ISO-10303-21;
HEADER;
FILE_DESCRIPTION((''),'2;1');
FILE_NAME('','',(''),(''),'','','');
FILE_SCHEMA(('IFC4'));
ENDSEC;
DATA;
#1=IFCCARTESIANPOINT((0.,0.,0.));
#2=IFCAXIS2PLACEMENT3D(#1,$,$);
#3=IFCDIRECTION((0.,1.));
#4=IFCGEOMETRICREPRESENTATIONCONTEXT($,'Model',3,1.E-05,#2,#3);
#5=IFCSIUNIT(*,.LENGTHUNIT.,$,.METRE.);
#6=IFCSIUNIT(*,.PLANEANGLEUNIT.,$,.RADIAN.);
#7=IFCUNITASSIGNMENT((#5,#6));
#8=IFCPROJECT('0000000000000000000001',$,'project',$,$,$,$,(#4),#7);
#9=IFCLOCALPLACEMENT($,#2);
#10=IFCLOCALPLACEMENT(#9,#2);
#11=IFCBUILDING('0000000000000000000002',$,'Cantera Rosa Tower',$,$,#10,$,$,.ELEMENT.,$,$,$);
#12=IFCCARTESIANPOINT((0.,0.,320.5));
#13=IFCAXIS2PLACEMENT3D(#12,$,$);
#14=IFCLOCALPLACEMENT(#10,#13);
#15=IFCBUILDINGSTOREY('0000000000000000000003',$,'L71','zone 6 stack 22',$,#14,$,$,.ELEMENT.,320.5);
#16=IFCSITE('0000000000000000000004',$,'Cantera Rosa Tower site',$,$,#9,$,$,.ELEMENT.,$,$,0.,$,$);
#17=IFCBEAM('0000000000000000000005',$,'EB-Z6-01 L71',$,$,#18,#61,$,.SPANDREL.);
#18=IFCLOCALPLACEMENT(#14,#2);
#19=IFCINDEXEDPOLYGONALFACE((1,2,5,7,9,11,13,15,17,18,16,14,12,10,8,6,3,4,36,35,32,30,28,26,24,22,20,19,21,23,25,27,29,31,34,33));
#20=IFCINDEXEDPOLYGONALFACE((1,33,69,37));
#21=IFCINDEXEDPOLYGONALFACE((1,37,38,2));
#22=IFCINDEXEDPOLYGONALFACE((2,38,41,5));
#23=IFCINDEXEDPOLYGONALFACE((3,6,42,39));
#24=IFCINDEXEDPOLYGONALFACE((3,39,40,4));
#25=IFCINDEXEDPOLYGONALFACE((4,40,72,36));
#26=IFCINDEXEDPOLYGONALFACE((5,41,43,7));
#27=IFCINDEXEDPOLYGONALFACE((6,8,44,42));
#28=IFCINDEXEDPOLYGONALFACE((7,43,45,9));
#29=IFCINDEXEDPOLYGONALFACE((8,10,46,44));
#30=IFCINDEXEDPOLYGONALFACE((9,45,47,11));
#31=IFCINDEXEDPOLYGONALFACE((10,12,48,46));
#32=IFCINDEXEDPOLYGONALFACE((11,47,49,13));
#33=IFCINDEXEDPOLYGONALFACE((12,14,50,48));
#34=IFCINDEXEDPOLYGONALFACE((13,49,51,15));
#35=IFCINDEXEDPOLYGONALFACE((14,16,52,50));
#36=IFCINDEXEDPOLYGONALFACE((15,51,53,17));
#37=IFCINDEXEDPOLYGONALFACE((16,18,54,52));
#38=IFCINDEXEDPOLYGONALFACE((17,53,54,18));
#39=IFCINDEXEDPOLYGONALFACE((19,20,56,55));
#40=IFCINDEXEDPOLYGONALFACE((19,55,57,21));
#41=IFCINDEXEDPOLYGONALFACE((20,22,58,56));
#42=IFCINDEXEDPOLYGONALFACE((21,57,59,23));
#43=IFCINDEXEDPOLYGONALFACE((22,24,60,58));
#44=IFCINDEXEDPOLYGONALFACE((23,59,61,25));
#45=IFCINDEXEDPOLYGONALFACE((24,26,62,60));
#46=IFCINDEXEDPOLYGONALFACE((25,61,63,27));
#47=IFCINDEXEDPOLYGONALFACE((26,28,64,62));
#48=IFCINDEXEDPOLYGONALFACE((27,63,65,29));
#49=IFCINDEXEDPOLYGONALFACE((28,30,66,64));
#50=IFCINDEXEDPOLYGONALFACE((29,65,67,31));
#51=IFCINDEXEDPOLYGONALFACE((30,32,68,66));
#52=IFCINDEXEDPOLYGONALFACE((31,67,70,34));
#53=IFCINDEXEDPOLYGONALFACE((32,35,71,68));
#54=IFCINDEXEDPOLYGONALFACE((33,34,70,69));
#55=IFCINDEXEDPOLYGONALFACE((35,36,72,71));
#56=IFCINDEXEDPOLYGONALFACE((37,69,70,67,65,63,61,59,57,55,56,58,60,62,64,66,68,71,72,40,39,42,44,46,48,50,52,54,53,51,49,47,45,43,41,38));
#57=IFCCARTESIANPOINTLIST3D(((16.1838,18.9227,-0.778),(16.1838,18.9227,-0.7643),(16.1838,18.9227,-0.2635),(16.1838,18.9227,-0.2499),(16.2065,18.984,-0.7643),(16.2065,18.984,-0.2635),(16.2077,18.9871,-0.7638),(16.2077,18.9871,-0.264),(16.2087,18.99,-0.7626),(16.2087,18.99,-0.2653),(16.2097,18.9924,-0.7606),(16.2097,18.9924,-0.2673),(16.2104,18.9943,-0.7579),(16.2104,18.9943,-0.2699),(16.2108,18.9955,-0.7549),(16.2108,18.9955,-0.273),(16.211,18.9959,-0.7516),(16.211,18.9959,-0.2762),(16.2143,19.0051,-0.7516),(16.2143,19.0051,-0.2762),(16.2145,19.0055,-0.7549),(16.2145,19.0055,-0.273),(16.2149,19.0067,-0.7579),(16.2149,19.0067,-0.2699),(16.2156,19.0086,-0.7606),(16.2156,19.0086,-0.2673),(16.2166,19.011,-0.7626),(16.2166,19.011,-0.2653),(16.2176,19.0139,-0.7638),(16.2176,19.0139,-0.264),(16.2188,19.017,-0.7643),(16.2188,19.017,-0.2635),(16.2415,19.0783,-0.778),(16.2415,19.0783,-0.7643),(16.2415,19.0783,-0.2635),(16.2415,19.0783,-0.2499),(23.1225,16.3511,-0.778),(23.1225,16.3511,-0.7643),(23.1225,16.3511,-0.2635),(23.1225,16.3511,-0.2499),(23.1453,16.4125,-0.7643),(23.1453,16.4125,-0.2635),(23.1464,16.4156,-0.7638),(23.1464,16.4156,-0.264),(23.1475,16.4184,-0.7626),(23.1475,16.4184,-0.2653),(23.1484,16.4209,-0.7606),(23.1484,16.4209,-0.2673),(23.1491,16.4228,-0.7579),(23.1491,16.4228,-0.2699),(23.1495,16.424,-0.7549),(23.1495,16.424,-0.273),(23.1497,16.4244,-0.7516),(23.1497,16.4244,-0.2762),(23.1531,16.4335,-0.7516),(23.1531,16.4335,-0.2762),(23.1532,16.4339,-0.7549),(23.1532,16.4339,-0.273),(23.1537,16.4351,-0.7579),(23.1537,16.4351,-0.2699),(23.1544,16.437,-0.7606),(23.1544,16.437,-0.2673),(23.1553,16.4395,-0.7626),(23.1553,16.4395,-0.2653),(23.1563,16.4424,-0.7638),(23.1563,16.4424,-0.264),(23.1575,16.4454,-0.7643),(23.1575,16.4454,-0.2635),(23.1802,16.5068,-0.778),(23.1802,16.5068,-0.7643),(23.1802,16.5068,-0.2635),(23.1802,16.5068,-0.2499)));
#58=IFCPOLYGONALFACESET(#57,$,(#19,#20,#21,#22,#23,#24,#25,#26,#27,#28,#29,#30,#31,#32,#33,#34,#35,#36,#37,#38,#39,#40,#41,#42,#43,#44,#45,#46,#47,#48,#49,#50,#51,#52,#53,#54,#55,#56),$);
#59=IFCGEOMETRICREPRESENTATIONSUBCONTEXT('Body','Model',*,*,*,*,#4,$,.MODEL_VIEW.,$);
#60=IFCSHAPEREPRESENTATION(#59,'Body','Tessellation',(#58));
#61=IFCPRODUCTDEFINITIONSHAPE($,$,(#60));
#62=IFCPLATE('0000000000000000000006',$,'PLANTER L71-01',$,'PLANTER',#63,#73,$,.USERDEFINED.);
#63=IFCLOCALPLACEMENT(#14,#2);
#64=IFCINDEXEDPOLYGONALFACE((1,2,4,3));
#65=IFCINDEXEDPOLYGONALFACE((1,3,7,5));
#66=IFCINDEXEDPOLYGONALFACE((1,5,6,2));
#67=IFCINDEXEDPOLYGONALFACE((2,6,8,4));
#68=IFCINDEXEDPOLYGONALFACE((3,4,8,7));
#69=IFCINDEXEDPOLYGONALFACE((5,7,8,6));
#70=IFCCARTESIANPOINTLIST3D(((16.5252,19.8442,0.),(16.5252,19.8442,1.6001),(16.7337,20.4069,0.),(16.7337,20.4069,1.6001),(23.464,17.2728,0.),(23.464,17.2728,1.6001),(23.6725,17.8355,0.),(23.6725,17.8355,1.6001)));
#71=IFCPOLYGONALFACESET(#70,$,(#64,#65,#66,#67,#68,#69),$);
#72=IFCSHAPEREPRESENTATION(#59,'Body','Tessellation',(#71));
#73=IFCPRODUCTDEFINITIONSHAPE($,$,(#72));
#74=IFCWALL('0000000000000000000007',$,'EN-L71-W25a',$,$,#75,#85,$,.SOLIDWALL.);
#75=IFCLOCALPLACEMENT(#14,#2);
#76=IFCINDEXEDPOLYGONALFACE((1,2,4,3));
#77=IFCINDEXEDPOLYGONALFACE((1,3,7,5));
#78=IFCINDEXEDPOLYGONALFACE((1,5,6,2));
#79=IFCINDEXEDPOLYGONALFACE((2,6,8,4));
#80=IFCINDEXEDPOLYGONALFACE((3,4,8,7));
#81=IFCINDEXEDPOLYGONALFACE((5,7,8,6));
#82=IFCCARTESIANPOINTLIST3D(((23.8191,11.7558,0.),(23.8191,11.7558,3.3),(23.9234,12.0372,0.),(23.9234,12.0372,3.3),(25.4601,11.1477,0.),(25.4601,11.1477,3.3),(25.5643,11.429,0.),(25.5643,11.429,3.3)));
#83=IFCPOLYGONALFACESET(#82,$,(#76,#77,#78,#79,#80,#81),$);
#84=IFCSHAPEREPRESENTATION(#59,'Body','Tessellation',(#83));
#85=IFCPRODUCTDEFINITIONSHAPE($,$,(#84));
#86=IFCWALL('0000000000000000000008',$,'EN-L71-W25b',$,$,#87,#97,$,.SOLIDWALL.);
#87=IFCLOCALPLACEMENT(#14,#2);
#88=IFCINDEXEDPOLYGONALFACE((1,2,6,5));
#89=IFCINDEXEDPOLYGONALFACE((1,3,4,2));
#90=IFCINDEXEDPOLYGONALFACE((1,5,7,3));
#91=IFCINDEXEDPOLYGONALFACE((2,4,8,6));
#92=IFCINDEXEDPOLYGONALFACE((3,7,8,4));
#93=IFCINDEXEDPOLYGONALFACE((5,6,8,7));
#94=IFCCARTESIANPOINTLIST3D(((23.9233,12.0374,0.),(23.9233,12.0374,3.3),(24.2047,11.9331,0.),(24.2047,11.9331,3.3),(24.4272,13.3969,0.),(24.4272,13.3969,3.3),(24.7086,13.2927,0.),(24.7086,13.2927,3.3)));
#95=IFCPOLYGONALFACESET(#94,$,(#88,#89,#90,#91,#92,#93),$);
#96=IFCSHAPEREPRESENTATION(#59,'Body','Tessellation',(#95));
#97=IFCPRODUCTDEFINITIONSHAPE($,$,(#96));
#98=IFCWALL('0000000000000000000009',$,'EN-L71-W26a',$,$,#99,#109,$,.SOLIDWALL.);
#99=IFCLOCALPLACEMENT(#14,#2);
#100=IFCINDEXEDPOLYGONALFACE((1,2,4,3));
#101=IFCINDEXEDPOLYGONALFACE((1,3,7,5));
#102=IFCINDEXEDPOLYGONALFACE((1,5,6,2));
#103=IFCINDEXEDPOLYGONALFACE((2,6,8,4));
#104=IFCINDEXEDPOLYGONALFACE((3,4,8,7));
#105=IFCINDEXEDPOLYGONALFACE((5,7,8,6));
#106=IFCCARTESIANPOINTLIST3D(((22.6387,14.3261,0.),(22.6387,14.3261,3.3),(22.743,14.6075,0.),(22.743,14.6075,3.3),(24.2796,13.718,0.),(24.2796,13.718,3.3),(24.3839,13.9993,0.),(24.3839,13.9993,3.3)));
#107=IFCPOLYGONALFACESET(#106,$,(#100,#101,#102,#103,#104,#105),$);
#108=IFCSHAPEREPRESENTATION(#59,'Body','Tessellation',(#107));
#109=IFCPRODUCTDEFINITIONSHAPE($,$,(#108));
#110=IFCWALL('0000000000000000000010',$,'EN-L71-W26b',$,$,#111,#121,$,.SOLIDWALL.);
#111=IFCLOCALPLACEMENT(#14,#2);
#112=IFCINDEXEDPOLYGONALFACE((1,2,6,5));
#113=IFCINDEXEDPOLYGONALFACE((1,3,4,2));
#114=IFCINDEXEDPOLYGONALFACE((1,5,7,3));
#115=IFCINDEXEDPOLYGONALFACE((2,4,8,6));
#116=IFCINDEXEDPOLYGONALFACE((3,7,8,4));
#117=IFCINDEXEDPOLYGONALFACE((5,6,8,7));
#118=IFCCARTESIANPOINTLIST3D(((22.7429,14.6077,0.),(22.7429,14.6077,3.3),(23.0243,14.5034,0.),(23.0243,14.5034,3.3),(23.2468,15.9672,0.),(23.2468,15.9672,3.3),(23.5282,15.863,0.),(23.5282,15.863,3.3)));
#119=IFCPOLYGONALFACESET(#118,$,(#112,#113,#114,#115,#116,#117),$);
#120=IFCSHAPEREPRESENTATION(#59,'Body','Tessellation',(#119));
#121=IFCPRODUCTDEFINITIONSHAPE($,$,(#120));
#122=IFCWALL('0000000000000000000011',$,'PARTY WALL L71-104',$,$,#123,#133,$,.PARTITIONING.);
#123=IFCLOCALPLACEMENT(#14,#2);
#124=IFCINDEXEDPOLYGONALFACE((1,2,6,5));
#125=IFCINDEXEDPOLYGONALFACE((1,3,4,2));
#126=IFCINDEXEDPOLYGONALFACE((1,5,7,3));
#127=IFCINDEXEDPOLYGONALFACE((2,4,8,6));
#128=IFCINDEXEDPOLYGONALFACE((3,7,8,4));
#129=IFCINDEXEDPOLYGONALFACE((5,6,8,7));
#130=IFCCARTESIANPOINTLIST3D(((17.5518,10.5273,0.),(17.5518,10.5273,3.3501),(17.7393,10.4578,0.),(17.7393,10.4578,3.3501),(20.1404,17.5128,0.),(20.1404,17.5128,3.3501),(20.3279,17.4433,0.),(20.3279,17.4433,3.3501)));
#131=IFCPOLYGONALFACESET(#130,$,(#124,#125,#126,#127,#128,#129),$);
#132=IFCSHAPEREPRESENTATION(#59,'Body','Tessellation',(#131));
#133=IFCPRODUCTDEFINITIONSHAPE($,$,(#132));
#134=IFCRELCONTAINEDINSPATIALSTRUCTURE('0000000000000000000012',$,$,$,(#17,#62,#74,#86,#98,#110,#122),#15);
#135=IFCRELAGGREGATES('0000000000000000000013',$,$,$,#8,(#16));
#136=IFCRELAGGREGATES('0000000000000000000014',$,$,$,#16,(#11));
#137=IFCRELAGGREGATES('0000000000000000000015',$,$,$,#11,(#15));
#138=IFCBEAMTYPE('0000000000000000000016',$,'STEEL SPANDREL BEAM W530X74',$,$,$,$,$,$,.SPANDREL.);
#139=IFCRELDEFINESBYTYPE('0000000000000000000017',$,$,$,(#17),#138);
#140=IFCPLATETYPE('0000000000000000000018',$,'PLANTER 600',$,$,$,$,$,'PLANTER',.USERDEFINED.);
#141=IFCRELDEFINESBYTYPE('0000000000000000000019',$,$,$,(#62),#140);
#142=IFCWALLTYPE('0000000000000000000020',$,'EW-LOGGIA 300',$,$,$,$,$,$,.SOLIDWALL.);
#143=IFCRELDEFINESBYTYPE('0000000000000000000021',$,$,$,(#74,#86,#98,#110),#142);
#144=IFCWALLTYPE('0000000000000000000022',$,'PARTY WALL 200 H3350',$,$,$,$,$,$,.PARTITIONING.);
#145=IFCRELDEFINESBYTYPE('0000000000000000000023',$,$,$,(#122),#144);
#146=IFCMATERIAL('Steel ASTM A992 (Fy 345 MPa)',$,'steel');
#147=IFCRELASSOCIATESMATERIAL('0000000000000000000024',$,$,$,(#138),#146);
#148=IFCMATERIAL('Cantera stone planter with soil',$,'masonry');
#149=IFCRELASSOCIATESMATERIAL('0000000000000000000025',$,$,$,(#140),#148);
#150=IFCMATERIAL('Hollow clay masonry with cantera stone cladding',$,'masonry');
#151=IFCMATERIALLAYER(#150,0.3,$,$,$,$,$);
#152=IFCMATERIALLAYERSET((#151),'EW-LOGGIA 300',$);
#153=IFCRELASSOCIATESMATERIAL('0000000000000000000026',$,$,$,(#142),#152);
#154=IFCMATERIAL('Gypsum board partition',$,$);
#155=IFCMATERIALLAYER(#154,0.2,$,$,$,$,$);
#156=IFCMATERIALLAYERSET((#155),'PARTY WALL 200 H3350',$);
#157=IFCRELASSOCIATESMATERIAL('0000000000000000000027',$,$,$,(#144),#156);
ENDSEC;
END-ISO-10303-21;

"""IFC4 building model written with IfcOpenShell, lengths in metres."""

from ifc_helpers import new_model, si_unit, direction, frame, frame_2d, origin, origin_2d, place, context, subcontext, project, spatial, rectangle, i_section, extrude, material, layer, layer_set, material_profile, profile_set, type_object, element, save


model = new_model("IFC4")

# Units and contexts
model_context = context("Model", 3, precision=1e-05, world=origin(), true_north=direction((0.0, 1.0)))
body_context = subcontext(model_context, "Body", "Model", "MODEL_VIEW")
ifc_project = project(units=[si_unit("LENGTHUNIT", "METRE"), si_unit("PLANEANGLEUNIT", "RADIAN")], contexts=[model_context])

# Site, building, storey
site_placement = place(None, origin())
site = spatial("IfcSite", under=ifc_project, at=site_placement, Name="Cantera Rosa Tower site", CompositionType="ELEMENT", RefElevation=0.0)
building_placement = place(site_placement, origin())
building = spatial("IfcBuilding", under=site, at=building_placement, Name="Cantera Rosa Tower", CompositionType="ELEMENT")
storey_placement = place(building_placement, frame((0.0, 0.0, 320.5)))
storey = spatial("IfcBuildingStorey", under=building, at=storey_placement, Name="L71", Description="zone 6 stack 22", CompositionType="ELEMENT", Elevation=320.5)

# Beam
ifc_material_1 = material(Name="Steel ASTM A992 (Fy 345 MPa)", Category="steel")
ifc_material_profile_1 = material_profile(ifc_material_1, i_section(OverallWidth=0.166, OverallDepth=0.5281, WebThickness=0.0098, FlangeThickness=0.0137, FilletRadius=0.0127, at=origin_2d()), Name="W530X74")
ifc_profile_set_1 = profile_set([ifc_material_profile_1], Name="Steel ASTM A992 (Fy 345 MPa)")
beam_type_1 = type_object("IfcBeamType", Name="STEEL SPANDREL BEAM W530X74", PredefinedType="SPANDREL", material=ifc_profile_set_1)
beam_1_placement = place(storey_placement, frame((23.1514, 16.429, -0.5139), z_axis=(-0.937677, 0.347509, 0.0), x_axis=(-0.347509, -0.937677, 0.0)))
element("IfcBeam", 1, at=beam_1_placement, inside=storey, type_object=beam_type_1, Name="EB-Z6-01 L71", PredefinedType="SPANDREL", context=body_context, shape_type="SweptSolid", body=[
    extrude(i_section(OverallWidth=0.166, OverallDepth=0.5281, WebThickness=0.0098, FlangeThickness=0.0137, FilletRadius=0.0127, at=origin_2d()), origin(), (0.0, 0.0, 1.0), 7.3999),
])

# Plate
ifc_material_2 = material(Name="Cantera stone planter with soil", Category="masonry")
plate_type = type_object("IfcPlateType", Name="PLANTER 600", ElementType="PLANTER", PredefinedType="USERDEFINED", material=ifc_material_2)
plate_placement = place(storey_placement, frame((20.0989, 18.8398, 0.0), z_axis=(0.0, 0.0, 1.0), x_axis=(-0.937687, 0.347481, 0.0)))
element("IfcPlate", 2, at=plate_placement, inside=storey, type_object=plate_type, Name="PLANTER L71-01", ObjectType="PLANTER", PredefinedType="USERDEFINED", context=body_context, shape_type="SweptSolid", body=[
    extrude(rectangle(XDim=7.3999, YDim=0.6001, at=origin_2d()), origin(), (0.0, 0.0, 1.0), 1.6001),
])

# Walls
ifc_material_3 = material(Name="Hollow clay masonry with cantera stone cladding", Category="masonry")
ifc_layer_1 = layer(ifc_material_3, 0.3)
ifc_layer_set_1 = layer_set([ifc_layer_1], Name="EW-LOGGIA 300")
wall_type_1 = type_object("IfcWallType", Name="EW-LOGGIA 300", PredefinedType="SOLIDWALL", material=ifc_layer_set_1)
wall_1_placement = place(storey_placement, frame((25.5122, 11.2883, 0.0), z_axis=(0.0, 0.0, 1.0), x_axis=(-0.93767, 0.347528, 0.0)))
element("IfcWall", 3, at=wall_1_placement, inside=storey, type_object=wall_type_1, Name="EN-L71-W25a", PredefinedType="SOLIDWALL", context=body_context, shape_type="SweptSolid", body=[
    extrude(rectangle(XDim=1.75, YDim=0.3, at=frame_2d((0.875, 0.0))), origin(), (0.0, 0.0, 1.0), 3.3),
])
wall_2_placement = place(storey_placement, frame((24.064, 11.9851, 0.0), z_axis=(0.0, 0.0, 1.0), x_axis=(0.347523, 0.937672, 0.0)))
element("IfcWall", 4, at=wall_2_placement, inside=storey, type_object=wall_type_1, Name="EN-L71-W25b", PredefinedType="SOLIDWALL", context=body_context, shape_type="SweptSolid", body=[
    extrude(rectangle(XDim=1.45, YDim=0.3, at=frame_2d((0.7251, 0.0))), origin(), (0.0, 0.0, 1.0), 3.3),
])
wall_3_placement = place(storey_placement, frame((24.3318, 13.8586, 0.0), z_axis=(0.0, 0.0, 1.0), x_axis=(-0.93767, 0.347528, 0.0)))
element("IfcWall", 5, at=wall_3_placement, inside=storey, type_object=wall_type_1, Name="EN-L71-W26a", PredefinedType="SOLIDWALL", context=body_context, shape_type="SweptSolid", body=[
    extrude(rectangle(XDim=1.75, YDim=0.3, at=frame_2d((0.875, 0.0))), origin(), (0.0, 0.0, 1.0), 3.3),
])
wall_4_placement = place(storey_placement, frame((22.8835, 14.5554, 0.0), z_axis=(0.0, 0.0, 1.0), x_axis=(0.347523, 0.937672, 0.0)))
element("IfcWall", 6, at=wall_4_placement, inside=storey, type_object=wall_type_1, Name="EN-L71-W26b", PredefinedType="SOLIDWALL", context=body_context, shape_type="SweptSolid", body=[
    extrude(rectangle(XDim=1.45, YDim=0.3, at=frame_2d((0.7251, 0.0))), origin(), (0.0, 0.0, 1.0), 3.3),
])

# Wall
ifc_material_4 = material(Name="Gypsum board partition")
ifc_layer_2 = layer(ifc_material_4, 0.2)
ifc_layer_set_2 = layer_set([ifc_layer_2], Name="PARTY WALL 200 H3350")
wall_type_2 = type_object("IfcWallType", Name="PARTY WALL 200 H3350", PredefinedType="PARTITIONING", material=ifc_layer_set_2)
wall_5_placement = place(storey_placement, frame((20.2341, 17.478, 0.0), z_axis=(0.0, 0.0, 1.0), x_axis=(-0.347476, -0.937689, 0.0)))
element("IfcWall", 7, at=wall_5_placement, inside=storey, type_object=wall_type_2, Name="PARTY WALL L71-104", PredefinedType="PARTITIONING", context=body_context, shape_type="SweptSolid", body=[
    extrude(rectangle(XDim=7.4497, YDim=0.2, at=frame_2d((3.7249, 0.0))), origin(), (0.0, 0.0, 1.0), 3.3501),
])

save(model, "model.ifc")
